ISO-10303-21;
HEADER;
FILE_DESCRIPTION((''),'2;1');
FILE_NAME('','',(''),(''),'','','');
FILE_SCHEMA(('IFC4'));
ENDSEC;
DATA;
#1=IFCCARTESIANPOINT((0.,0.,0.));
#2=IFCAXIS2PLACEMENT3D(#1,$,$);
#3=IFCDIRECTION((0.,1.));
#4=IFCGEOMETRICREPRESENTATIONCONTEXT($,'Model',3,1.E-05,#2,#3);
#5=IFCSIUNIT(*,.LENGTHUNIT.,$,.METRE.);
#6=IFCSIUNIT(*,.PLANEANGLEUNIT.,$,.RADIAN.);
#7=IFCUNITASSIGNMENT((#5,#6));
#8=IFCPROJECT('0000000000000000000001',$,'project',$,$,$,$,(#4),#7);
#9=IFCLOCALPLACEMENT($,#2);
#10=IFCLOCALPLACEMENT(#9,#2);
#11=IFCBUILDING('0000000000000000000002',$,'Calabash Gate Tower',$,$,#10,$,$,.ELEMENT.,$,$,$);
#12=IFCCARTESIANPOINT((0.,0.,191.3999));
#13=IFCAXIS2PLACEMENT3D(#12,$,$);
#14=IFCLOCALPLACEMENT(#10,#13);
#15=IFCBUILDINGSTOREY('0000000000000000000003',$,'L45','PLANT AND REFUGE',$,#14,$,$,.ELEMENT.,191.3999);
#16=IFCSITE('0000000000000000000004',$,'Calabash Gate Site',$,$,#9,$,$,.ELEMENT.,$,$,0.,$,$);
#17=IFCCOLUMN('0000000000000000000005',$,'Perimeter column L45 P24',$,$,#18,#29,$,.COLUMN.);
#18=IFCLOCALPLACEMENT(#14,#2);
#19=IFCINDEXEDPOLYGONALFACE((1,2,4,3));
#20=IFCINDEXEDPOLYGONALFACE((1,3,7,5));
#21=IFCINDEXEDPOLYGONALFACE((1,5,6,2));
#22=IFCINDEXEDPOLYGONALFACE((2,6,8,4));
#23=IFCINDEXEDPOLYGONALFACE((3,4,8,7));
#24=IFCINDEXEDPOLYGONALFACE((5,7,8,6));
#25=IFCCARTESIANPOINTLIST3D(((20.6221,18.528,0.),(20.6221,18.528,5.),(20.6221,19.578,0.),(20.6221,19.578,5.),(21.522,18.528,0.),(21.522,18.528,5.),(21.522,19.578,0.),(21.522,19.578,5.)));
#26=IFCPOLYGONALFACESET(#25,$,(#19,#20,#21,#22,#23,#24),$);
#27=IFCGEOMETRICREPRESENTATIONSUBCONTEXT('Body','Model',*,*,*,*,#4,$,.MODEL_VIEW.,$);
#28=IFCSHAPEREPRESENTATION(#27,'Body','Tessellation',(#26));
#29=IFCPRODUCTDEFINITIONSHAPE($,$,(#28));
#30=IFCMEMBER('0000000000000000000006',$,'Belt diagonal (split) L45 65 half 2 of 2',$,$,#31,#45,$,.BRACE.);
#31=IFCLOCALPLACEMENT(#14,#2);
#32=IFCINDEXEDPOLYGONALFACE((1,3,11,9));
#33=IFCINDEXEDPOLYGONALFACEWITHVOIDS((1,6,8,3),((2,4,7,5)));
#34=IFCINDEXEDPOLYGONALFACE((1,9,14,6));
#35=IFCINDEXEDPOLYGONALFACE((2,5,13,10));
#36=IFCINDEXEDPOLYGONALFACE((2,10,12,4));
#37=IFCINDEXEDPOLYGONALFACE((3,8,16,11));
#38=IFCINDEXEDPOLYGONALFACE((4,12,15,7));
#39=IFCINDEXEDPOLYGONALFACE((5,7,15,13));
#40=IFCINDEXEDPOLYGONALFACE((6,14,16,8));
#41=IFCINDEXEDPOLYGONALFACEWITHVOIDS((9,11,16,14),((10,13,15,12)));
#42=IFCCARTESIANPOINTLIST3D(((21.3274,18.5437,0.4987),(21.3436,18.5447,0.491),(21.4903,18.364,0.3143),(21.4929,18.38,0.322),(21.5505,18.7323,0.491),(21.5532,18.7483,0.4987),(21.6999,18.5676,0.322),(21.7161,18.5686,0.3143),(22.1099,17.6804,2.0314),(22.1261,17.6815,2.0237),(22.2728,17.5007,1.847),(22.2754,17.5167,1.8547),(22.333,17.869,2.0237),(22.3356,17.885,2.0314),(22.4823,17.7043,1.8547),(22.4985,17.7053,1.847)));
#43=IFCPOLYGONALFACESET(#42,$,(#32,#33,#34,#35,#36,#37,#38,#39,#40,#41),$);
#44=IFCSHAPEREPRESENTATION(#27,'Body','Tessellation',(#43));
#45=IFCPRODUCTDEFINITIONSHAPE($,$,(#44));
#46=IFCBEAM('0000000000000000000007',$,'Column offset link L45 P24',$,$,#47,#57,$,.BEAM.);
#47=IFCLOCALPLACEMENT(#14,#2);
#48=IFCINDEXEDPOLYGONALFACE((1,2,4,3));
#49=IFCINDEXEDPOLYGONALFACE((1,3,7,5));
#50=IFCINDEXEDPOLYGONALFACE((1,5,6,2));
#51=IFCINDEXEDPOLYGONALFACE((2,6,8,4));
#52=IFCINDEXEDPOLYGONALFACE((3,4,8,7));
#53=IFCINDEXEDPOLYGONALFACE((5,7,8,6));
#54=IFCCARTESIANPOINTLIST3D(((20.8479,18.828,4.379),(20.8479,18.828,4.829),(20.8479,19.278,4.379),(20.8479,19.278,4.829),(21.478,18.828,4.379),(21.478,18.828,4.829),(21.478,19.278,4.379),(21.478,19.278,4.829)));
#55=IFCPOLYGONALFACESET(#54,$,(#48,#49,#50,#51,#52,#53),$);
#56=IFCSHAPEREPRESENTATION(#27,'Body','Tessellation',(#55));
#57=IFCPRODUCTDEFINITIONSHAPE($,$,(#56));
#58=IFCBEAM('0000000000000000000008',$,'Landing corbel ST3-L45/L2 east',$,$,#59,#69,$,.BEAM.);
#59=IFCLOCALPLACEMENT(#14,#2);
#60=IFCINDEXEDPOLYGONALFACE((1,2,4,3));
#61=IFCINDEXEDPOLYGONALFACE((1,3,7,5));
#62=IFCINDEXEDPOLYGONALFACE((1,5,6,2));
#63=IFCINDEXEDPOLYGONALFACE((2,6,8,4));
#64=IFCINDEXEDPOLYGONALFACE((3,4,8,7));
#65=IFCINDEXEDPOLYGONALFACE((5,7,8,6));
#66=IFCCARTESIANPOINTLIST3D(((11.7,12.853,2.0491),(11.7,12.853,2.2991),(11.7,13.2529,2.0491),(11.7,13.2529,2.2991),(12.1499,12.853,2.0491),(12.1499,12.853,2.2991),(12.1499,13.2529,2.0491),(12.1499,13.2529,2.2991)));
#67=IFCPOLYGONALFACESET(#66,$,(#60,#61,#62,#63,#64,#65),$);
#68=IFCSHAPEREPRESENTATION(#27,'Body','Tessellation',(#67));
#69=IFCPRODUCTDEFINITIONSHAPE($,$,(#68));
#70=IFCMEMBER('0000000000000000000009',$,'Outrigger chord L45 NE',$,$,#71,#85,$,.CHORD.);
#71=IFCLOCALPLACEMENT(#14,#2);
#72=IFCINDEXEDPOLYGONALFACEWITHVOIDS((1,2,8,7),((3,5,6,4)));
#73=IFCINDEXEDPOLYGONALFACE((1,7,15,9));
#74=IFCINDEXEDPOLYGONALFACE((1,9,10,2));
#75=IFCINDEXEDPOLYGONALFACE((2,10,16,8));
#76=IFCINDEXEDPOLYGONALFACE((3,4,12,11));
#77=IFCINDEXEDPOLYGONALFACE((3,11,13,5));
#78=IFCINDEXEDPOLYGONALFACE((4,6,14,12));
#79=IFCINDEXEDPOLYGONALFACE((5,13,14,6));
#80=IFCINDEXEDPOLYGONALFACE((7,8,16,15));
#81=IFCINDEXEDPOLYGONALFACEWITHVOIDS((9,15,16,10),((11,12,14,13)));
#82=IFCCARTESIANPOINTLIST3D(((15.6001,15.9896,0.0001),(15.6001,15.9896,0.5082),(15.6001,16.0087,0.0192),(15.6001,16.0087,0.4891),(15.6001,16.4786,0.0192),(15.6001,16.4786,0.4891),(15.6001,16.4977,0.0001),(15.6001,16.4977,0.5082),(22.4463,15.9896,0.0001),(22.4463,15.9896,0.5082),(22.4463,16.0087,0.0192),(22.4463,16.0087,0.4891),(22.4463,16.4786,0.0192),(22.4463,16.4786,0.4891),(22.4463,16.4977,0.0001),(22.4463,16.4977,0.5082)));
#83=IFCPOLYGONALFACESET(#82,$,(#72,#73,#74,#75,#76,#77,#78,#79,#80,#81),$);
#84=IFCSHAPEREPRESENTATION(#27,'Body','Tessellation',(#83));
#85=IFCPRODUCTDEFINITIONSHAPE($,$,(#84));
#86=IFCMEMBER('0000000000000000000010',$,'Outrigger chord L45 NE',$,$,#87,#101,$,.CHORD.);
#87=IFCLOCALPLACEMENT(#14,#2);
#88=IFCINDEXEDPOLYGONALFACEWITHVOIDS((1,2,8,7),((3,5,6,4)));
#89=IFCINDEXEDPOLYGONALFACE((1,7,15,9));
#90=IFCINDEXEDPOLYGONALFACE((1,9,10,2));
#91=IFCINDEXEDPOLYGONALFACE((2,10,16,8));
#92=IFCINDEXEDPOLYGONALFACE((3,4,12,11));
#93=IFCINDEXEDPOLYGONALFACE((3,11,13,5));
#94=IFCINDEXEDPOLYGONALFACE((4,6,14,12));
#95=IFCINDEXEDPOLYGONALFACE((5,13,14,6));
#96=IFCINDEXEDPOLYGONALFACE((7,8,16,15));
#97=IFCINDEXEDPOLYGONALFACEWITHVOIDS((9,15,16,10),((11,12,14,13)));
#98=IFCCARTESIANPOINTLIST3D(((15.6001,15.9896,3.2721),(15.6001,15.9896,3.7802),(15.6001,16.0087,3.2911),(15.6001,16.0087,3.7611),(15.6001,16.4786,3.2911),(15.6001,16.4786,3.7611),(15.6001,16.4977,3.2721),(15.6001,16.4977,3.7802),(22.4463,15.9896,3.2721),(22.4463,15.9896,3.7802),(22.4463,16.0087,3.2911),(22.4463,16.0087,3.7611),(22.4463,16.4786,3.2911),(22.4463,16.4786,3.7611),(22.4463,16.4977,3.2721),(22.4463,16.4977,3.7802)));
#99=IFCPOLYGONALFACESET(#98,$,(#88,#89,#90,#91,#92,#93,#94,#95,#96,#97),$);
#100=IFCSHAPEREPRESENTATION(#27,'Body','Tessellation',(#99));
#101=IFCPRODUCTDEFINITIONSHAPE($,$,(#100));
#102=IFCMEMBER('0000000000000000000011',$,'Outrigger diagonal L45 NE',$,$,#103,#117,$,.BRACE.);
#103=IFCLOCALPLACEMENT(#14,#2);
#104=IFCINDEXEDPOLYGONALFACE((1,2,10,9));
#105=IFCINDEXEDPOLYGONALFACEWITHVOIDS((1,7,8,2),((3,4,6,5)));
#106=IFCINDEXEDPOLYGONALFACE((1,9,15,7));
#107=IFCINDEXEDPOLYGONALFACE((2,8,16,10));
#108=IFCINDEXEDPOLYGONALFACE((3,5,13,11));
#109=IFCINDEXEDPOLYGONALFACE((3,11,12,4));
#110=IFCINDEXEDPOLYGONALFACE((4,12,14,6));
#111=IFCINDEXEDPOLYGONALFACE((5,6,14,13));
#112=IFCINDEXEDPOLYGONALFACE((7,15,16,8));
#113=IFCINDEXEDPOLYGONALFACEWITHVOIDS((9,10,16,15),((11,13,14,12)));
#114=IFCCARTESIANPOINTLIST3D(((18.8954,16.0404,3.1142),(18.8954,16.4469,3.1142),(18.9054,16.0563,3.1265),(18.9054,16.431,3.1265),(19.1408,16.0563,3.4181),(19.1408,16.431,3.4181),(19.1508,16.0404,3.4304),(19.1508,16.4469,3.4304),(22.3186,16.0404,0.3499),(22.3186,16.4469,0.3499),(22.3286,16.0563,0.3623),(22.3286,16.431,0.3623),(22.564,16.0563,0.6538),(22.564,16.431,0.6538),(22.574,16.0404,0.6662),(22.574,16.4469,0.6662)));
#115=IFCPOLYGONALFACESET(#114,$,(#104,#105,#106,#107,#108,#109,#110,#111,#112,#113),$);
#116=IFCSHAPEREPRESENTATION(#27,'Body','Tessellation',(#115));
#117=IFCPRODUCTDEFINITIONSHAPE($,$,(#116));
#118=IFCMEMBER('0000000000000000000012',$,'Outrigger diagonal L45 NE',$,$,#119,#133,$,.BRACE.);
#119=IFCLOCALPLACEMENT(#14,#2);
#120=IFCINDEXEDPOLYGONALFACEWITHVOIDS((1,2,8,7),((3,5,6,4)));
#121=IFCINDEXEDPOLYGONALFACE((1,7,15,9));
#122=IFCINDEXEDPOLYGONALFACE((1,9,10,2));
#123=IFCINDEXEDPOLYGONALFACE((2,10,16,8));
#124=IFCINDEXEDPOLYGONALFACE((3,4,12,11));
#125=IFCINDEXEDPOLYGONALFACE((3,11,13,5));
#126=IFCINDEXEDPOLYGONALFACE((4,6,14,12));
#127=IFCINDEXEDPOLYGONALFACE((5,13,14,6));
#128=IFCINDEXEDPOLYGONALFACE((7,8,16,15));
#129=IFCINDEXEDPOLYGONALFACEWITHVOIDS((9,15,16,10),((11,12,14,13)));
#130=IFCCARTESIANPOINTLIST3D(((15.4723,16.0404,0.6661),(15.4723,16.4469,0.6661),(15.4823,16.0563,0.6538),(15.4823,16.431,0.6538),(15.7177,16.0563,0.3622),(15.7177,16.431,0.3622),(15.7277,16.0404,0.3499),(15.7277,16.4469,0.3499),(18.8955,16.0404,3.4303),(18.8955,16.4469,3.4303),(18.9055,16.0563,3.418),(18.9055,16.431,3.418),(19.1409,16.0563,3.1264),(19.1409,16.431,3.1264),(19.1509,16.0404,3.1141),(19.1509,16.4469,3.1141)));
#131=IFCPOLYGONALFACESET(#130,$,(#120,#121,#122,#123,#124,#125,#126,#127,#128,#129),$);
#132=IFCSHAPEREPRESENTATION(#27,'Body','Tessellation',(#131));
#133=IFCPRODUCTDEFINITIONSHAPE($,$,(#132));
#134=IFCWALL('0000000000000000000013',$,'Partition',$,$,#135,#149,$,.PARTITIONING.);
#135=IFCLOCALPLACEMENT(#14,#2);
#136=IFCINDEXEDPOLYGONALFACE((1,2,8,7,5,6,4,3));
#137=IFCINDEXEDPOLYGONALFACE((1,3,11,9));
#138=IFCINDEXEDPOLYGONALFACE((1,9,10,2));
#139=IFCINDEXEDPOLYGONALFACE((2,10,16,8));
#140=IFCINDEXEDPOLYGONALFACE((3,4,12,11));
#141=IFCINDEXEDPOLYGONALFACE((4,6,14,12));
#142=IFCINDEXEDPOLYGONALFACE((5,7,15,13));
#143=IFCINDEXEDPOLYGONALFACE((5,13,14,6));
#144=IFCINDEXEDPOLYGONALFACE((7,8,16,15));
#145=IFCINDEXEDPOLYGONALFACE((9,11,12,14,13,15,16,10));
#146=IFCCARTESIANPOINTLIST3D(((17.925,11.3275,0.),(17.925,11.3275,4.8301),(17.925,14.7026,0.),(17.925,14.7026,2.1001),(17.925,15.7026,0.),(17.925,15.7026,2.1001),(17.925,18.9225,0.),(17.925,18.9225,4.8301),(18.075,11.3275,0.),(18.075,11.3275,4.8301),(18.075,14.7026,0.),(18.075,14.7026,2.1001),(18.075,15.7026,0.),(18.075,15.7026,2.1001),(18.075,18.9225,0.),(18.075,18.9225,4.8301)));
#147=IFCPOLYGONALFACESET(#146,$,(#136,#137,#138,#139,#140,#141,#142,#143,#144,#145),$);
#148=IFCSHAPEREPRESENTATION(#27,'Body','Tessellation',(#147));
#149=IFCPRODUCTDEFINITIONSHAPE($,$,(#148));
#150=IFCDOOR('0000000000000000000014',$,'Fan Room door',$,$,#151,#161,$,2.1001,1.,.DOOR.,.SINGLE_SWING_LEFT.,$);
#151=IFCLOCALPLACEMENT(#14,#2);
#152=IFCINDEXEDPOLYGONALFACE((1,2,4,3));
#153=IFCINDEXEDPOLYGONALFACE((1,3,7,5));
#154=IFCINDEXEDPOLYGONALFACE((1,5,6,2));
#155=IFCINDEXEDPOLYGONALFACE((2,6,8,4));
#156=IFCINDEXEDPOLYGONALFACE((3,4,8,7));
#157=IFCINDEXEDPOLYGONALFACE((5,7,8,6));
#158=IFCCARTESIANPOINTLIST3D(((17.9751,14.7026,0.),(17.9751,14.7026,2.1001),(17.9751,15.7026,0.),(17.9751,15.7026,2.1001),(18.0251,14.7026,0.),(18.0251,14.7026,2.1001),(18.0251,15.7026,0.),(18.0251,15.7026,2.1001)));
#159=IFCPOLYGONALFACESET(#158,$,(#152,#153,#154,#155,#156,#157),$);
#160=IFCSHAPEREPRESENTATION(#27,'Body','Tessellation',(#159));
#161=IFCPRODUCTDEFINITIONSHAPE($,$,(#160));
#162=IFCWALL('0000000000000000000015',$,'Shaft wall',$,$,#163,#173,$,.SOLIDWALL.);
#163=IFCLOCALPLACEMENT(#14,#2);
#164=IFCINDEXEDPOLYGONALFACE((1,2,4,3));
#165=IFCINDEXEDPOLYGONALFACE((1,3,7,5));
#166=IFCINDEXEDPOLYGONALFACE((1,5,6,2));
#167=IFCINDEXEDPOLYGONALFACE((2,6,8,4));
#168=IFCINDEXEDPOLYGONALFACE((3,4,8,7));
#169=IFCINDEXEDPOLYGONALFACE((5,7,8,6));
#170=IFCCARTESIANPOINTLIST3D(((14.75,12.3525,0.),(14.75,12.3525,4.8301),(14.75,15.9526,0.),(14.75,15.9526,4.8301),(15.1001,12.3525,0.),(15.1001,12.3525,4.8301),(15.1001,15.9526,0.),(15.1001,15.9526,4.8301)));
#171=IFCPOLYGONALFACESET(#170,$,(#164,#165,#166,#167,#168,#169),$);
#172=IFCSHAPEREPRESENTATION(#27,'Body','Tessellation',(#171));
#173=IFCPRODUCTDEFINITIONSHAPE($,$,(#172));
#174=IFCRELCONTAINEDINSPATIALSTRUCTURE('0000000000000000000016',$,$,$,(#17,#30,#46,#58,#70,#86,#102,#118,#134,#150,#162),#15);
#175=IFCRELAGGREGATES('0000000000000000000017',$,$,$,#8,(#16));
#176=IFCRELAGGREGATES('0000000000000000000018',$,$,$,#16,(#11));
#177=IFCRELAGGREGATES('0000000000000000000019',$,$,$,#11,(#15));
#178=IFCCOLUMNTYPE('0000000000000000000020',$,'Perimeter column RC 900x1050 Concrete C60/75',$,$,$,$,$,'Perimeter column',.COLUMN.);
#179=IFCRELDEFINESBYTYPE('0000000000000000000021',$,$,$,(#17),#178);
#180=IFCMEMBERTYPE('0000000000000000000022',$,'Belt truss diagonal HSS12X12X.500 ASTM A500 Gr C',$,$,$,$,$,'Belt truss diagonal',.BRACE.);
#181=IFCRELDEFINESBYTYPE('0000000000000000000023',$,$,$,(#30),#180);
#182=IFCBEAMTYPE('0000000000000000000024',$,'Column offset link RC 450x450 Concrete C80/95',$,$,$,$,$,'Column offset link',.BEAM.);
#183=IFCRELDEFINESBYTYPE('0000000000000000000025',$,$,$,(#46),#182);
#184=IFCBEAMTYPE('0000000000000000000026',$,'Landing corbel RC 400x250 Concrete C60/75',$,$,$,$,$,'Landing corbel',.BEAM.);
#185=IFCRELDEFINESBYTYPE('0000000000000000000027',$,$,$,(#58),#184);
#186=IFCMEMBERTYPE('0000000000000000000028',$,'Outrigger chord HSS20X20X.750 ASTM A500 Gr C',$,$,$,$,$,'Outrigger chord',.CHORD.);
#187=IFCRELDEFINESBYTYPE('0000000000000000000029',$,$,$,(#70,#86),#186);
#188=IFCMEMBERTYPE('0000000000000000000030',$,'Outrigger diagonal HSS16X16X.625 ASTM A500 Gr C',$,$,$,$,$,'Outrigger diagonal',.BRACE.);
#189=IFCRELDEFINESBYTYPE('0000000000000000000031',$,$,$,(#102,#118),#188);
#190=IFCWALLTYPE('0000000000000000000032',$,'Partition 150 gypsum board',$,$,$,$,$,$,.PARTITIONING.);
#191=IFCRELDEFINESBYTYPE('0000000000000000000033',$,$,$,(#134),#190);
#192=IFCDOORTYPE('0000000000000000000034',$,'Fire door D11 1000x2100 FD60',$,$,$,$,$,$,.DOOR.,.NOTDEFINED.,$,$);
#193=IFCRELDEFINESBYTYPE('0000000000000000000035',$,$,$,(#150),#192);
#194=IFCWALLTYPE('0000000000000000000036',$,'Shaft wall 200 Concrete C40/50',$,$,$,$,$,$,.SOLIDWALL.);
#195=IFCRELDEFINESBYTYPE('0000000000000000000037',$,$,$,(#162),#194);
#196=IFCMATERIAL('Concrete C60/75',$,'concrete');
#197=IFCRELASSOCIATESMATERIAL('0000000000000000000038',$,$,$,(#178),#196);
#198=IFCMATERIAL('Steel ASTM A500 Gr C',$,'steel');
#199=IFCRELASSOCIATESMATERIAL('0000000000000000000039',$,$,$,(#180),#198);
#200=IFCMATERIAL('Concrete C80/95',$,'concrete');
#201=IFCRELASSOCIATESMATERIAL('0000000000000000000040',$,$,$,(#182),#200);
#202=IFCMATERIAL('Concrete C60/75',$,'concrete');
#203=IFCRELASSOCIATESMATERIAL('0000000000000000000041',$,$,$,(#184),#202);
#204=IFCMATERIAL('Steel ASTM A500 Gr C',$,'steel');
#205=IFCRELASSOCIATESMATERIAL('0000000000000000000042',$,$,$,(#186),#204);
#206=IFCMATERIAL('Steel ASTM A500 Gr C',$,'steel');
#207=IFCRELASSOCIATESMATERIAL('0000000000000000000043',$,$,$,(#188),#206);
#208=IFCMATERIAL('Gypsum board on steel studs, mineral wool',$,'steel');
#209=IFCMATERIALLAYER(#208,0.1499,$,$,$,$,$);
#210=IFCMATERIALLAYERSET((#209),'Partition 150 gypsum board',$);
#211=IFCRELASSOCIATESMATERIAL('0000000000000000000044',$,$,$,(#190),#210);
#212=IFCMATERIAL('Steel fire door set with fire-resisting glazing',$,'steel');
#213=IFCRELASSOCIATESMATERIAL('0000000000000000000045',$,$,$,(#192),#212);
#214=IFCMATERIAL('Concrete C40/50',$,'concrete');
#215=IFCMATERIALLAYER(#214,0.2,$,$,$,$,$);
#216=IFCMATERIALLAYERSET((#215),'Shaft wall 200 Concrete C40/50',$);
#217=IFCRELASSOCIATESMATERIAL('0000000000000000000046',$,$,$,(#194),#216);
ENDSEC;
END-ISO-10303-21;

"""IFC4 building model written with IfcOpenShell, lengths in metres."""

from ifc_helpers import new_model, si_unit, direction, frame, frame_2d, origin, origin_2d, place, context, subcontext, project, spatial, rectangle, hollow_rectangle, extrude, material, layer, layer_set, material_profile, profile_set, type_object, element, fill, save


model = new_model("IFC4")

# Units and contexts
model_context = context("Model", 3, precision=1e-05, world=origin(), true_north=direction((0.0, 1.0)))
body_context = subcontext(model_context, "Body", "Model", "MODEL_VIEW")
ifc_project = project(units=[si_unit("LENGTHUNIT", "METRE"), si_unit("PLANEANGLEUNIT", "RADIAN")], contexts=[model_context])

# Site, building, storey
site_placement = place(None, origin())
site = spatial("IfcSite", under=ifc_project, at=site_placement, Name="Calabash Gate Site", CompositionType="ELEMENT", RefElevation=0.0)
building_placement = place(site_placement, origin())
building = spatial("IfcBuilding", under=site, at=building_placement, Name="Calabash Gate Tower", CompositionType="ELEMENT")
storey_placement = place(building_placement, frame((0.0, 0.0, 191.3999)))
storey = spatial("IfcBuildingStorey", under=building, at=storey_placement, Name="L45", Description="PLANT AND REFUGE", CompositionType="ELEMENT", Elevation=191.3999)

# Column
ifc_material_1 = material(Name="Concrete C60/75", Category="concrete")
ifc_material_profile_1 = material_profile(ifc_material_1, rectangle(XDim=0.8999, YDim=1.05, at=origin_2d()))
ifc_profile_set_1 = profile_set([ifc_material_profile_1], Name="Concrete C60/75")
column_type = type_object("IfcColumnType", Name="Perimeter column RC 900x1050 Concrete C60/75", ElementType="Perimeter column", PredefinedType="COLUMN", material=ifc_profile_set_1)
column_placement = place(storey_placement, frame((21.072, 19.053, 0.0), z_axis=(0.0, 0.0, 1.0), x_axis=(-1.0, 0.0, 0.0)))
element("IfcColumn", 1, at=column_placement, inside=storey, type_object=column_type, Name="Perimeter column L45 P24", PredefinedType="COLUMN", context=body_context, shape_type="SweptSolid", body=[
    extrude(rectangle(XDim=0.8999, YDim=1.05, at=origin_2d()), origin(), (0.0, 0.0, 1.0), 5.0),
])

# Member
ifc_material_2 = material(Name="Steel ASTM A500 Gr C", Category="steel")
ifc_material_profile_2 = material_profile(ifc_material_2, hollow_rectangle(XDim=0.3047, YDim=0.3047, WallThickness=0.0127, at=origin_2d()))
ifc_profile_set_2 = profile_set([ifc_material_profile_2], Name="Steel ASTM A500 Gr C")
member_type_1 = type_object("IfcMemberType", Name="Belt truss diagonal HSS12X12X.500 ASTM A500 Gr C", ElementType="Belt truss diagonal", PredefinedType="BRACE", material=ifc_profile_set_2)
member_placement = place(storey_placement, frame((22.3042, 17.6929, 1.9392), z_axis=(-0.406418, 0.448391, -0.796097), x_axis=(-0.740935, -0.671577, 0.0)))
element("IfcMember", 2, at=member_placement, inside=storey, type_object=member_type_1, Name="Belt diagonal (split) L45 65 half 2 of 2", PredefinedType="BRACE", context=body_context, shape_type="SweptSolid", body=[
    extrude(hollow_rectangle(XDim=0.3047, YDim=0.3047, WallThickness=0.0127, at=origin_2d()), origin(), (0.0, 0.0, 1.0), 1.9253),
])

# Beams
ifc_material_3 = material(Name="Concrete C80/95", Category="concrete")
ifc_material_profile_3 = material_profile(ifc_material_3, rectangle(XDim=0.45, YDim=0.45, at=origin_2d()))
ifc_profile_set_3 = profile_set([ifc_material_profile_3], Name="Concrete C80/95")
beam_type_1 = type_object("IfcBeamType", Name="Column offset link RC 450x450 Concrete C80/95", ElementType="Column offset link", PredefinedType="BEAM", material=ifc_profile_set_3)
beam_1_placement = place(storey_placement, frame((20.8479, 19.053, 4.604), z_axis=(1.0, 0.0, 0.0), x_axis=(0.0, 1.0, 0.0)))
element("IfcBeam", 3, at=beam_1_placement, inside=storey, type_object=beam_type_1, Name="Column offset link L45 P24", PredefinedType="BEAM", context=body_context, shape_type="SweptSolid", body=[
    extrude(rectangle(XDim=0.45, YDim=0.45, at=origin_2d()), origin(), (0.0, 0.0, 1.0), 0.6301),
])
ifc_material_4 = material(Name="Concrete C60/75", Category="concrete")
ifc_material_profile_4 = material_profile(ifc_material_4, rectangle(XDim=0.3999, YDim=0.25, at=origin_2d()))
ifc_profile_set_4 = profile_set([ifc_material_profile_4], Name="Concrete C60/75")
beam_type_2 = type_object("IfcBeamType", Name="Landing corbel RC 400x250 Concrete C60/75", ElementType="Landing corbel", PredefinedType="BEAM", material=ifc_profile_set_4)
beam_2_placement = place(storey_placement, frame((12.1499, 13.053, 2.1741), z_axis=(-1.0, 0.0, 0.0), x_axis=(0.0, -1.0, 0.0)))
element("IfcBeam", 4, at=beam_2_placement, inside=storey, type_object=beam_type_2, Name="Landing corbel ST3-L45/L2 east", PredefinedType="BEAM", context=body_context, shape_type="SweptSolid", body=[
    extrude(rectangle(XDim=0.3999, YDim=0.25, at=origin_2d()), origin(), (0.0, 0.0, 1.0), 0.45),
])

# Members
ifc_material_5 = material(Name="Steel ASTM A500 Gr C", Category="steel")
ifc_material_profile_5 = material_profile(ifc_material_5, hollow_rectangle(XDim=0.5081, YDim=0.5081, WallThickness=0.019, at=origin_2d()))
ifc_profile_set_5 = profile_set([ifc_material_profile_5], Name="Steel ASTM A500 Gr C")
member_type_2 = type_object("IfcMemberType", Name="Outrigger chord HSS20X20X.750 ASTM A500 Gr C", ElementType="Outrigger chord", PredefinedType="CHORD", material=ifc_profile_set_5)
for number, where, z_axis, x_axis, name in (
    (5, (22.4463, 16.2437, 0.2542), (-1.0, 0.0, 0.0), (0.0, -1.0, 0.0), "Outrigger chord L45 NE"),
    (6, (22.4463, 16.2437, 3.5261), (-1.0, 0.0, 0.0), (0.0, -1.0, 0.0), "Outrigger chord L45 NE"),
):
    element("IfcMember", number, at=place(storey_placement, frame(where, z_axis=z_axis, x_axis=x_axis)), inside=storey, type_object=member_type_2, Name=name, PredefinedType="CHORD", context=body_context, shape_type="SweptSolid", body=[
        extrude(hollow_rectangle(XDim=0.5081, YDim=0.5081, WallThickness=0.019, at=origin_2d()), origin(), (0.0, 0.0, 1.0), 6.8462),
    ])
ifc_material_6 = material(Name="Steel ASTM A500 Gr C", Category="steel")
ifc_material_profile_6 = material_profile(ifc_material_6, hollow_rectangle(XDim=0.4065, YDim=0.4065, WallThickness=0.0159, at=origin_2d()))
ifc_profile_set_6 = profile_set([ifc_material_profile_6], Name="Steel ASTM A500 Gr C")
member_type_3 = type_object("IfcMemberType", Name="Outrigger diagonal HSS16X16X.625 ASTM A500 Gr C", ElementType="Outrigger diagonal", PredefinedType="BRACE", material=ifc_profile_set_6)
for number, where, z_axis, x_axis, name in (
    (7, (22.4463, 16.2437, 0.5081), (-0.778013, 0.0, 0.628248), (0.0, -1.0, 0.0), "Outrigger diagonal L45 NE"),
    (8, (19.0232, 16.2437, 3.2722), (-0.778013, 0.0, -0.628248), (0.0, -1.0, 0.0), "Outrigger diagonal L45 NE"),
):
    element("IfcMember", number, at=place(storey_placement, frame(where, z_axis=z_axis, x_axis=x_axis)), inside=storey, type_object=member_type_3, Name=name, PredefinedType="BRACE", context=body_context, shape_type="SweptSolid", body=[
        extrude(hollow_rectangle(XDim=0.4065, YDim=0.4065, WallThickness=0.0159, at=origin_2d()), origin(), (0.0, 0.0, 1.0), 4.3999),
    ])

# Wall, opening, door
ifc_material_7 = material(Name="Gypsum board on steel studs, mineral wool", Category="steel")
ifc_layer_1 = layer(ifc_material_7, 0.1499)
ifc_layer_set_1 = layer_set([ifc_layer_1], Name="Partition 150 gypsum board")
wall_type_1 = type_object("IfcWallType", Name="Partition 150 gypsum board", PredefinedType="PARTITIONING", material=ifc_layer_set_1)
wall_1_placement = place(storey_placement, frame((18.0, 11.3276, 0.0), z_axis=(0.0, 0.0, 1.0), x_axis=(0.0, 1.0, 0.0)))
wall_1 = element("IfcWall", 9, at=wall_1_placement, inside=storey, type_object=wall_type_1, Name="Partition", PredefinedType="PARTITIONING", context=body_context, shape_type="SweptSolid", body=[
    extrude(rectangle(XDim=7.595, YDim=0.1499, at=frame_2d((3.7974, 0.0))), origin(), (0.0, 0.0, 1.0), 4.8301),
])
opening_1_placement = place(wall_1_placement, frame((3.375, 0.0, 0.0)))
opening_1 = element("IfcOpeningElement", 10, at=opening_1_placement, cuts=wall_1, PredefinedType="OPENING", context=body_context, shape_type="SweptSolid", body=[
    extrude(rectangle(XDim=1.0, YDim=2.1001, at=frame_2d((0.5, 1.05))), frame((0.0, 0.085, 0.0), z_axis=(0.0, -1.0, 0.0), x_axis=(1.0, 0.0, 0.0)), (0.0, 0.0, 1.0), 0.1699),
])
ifc_material_8 = material(Name="Steel fire door set with fire-resisting glazing", Category="steel")
door_type_1 = type_object("IfcDoorType", Name="Fire door D11 1000x2100 FD60", OperationType="NOTDEFINED", PredefinedType="DOOR", material=ifc_material_8)
door_1_placement = place(opening_1_placement, origin())
door_1 = element("IfcDoor", 11, at=door_1_placement, inside=storey, type_object=door_type_1, Name="Fan Room door", OperationType="SINGLE_SWING_LEFT", OverallHeight=2.1001, OverallWidth=1.0, PredefinedType="DOOR", context=body_context, shape_type="SweptSolid", body=[
    extrude(rectangle(XDim=1.0, YDim=2.1001, at=frame_2d((0.5, 1.05))), frame((0.0, 0.0249, 0.0), z_axis=(0.0, -1.0, 0.0), x_axis=(1.0, 0.0, 0.0)), (0.0, 0.0, 1.0), 0.05),
])
fill(opening_1, door_1)

# Wall
ifc_material_9 = material(Name="Concrete C40/50", Category="concrete")
ifc_layer_2 = layer(ifc_material_9, 0.2)
ifc_layer_set_2 = layer_set([ifc_layer_2], Name="Shaft wall 200 Concrete C40/50")
wall_type_2 = type_object("IfcWallType", Name="Shaft wall 200 Concrete C40/50", PredefinedType="SOLIDWALL", material=ifc_layer_set_2)
wall_2_placement = place(storey_placement, frame((14.925, 12.3525, 0.0), z_axis=(0.0, 0.0, 1.0), x_axis=(0.0, 1.0, 0.0)))
element("IfcWall", 12, at=wall_2_placement, inside=storey, type_object=wall_type_2, Name="Shaft wall", PredefinedType="SOLIDWALL", context=body_context, shape_type="SweptSolid", body=[
    extrude(rectangle(XDim=3.6001, YDim=0.3501, at=frame_2d((1.8, 0.0))), origin(), (0.0, 0.0, 1.0), 4.8301),
])

save(model, "model.ifc")
